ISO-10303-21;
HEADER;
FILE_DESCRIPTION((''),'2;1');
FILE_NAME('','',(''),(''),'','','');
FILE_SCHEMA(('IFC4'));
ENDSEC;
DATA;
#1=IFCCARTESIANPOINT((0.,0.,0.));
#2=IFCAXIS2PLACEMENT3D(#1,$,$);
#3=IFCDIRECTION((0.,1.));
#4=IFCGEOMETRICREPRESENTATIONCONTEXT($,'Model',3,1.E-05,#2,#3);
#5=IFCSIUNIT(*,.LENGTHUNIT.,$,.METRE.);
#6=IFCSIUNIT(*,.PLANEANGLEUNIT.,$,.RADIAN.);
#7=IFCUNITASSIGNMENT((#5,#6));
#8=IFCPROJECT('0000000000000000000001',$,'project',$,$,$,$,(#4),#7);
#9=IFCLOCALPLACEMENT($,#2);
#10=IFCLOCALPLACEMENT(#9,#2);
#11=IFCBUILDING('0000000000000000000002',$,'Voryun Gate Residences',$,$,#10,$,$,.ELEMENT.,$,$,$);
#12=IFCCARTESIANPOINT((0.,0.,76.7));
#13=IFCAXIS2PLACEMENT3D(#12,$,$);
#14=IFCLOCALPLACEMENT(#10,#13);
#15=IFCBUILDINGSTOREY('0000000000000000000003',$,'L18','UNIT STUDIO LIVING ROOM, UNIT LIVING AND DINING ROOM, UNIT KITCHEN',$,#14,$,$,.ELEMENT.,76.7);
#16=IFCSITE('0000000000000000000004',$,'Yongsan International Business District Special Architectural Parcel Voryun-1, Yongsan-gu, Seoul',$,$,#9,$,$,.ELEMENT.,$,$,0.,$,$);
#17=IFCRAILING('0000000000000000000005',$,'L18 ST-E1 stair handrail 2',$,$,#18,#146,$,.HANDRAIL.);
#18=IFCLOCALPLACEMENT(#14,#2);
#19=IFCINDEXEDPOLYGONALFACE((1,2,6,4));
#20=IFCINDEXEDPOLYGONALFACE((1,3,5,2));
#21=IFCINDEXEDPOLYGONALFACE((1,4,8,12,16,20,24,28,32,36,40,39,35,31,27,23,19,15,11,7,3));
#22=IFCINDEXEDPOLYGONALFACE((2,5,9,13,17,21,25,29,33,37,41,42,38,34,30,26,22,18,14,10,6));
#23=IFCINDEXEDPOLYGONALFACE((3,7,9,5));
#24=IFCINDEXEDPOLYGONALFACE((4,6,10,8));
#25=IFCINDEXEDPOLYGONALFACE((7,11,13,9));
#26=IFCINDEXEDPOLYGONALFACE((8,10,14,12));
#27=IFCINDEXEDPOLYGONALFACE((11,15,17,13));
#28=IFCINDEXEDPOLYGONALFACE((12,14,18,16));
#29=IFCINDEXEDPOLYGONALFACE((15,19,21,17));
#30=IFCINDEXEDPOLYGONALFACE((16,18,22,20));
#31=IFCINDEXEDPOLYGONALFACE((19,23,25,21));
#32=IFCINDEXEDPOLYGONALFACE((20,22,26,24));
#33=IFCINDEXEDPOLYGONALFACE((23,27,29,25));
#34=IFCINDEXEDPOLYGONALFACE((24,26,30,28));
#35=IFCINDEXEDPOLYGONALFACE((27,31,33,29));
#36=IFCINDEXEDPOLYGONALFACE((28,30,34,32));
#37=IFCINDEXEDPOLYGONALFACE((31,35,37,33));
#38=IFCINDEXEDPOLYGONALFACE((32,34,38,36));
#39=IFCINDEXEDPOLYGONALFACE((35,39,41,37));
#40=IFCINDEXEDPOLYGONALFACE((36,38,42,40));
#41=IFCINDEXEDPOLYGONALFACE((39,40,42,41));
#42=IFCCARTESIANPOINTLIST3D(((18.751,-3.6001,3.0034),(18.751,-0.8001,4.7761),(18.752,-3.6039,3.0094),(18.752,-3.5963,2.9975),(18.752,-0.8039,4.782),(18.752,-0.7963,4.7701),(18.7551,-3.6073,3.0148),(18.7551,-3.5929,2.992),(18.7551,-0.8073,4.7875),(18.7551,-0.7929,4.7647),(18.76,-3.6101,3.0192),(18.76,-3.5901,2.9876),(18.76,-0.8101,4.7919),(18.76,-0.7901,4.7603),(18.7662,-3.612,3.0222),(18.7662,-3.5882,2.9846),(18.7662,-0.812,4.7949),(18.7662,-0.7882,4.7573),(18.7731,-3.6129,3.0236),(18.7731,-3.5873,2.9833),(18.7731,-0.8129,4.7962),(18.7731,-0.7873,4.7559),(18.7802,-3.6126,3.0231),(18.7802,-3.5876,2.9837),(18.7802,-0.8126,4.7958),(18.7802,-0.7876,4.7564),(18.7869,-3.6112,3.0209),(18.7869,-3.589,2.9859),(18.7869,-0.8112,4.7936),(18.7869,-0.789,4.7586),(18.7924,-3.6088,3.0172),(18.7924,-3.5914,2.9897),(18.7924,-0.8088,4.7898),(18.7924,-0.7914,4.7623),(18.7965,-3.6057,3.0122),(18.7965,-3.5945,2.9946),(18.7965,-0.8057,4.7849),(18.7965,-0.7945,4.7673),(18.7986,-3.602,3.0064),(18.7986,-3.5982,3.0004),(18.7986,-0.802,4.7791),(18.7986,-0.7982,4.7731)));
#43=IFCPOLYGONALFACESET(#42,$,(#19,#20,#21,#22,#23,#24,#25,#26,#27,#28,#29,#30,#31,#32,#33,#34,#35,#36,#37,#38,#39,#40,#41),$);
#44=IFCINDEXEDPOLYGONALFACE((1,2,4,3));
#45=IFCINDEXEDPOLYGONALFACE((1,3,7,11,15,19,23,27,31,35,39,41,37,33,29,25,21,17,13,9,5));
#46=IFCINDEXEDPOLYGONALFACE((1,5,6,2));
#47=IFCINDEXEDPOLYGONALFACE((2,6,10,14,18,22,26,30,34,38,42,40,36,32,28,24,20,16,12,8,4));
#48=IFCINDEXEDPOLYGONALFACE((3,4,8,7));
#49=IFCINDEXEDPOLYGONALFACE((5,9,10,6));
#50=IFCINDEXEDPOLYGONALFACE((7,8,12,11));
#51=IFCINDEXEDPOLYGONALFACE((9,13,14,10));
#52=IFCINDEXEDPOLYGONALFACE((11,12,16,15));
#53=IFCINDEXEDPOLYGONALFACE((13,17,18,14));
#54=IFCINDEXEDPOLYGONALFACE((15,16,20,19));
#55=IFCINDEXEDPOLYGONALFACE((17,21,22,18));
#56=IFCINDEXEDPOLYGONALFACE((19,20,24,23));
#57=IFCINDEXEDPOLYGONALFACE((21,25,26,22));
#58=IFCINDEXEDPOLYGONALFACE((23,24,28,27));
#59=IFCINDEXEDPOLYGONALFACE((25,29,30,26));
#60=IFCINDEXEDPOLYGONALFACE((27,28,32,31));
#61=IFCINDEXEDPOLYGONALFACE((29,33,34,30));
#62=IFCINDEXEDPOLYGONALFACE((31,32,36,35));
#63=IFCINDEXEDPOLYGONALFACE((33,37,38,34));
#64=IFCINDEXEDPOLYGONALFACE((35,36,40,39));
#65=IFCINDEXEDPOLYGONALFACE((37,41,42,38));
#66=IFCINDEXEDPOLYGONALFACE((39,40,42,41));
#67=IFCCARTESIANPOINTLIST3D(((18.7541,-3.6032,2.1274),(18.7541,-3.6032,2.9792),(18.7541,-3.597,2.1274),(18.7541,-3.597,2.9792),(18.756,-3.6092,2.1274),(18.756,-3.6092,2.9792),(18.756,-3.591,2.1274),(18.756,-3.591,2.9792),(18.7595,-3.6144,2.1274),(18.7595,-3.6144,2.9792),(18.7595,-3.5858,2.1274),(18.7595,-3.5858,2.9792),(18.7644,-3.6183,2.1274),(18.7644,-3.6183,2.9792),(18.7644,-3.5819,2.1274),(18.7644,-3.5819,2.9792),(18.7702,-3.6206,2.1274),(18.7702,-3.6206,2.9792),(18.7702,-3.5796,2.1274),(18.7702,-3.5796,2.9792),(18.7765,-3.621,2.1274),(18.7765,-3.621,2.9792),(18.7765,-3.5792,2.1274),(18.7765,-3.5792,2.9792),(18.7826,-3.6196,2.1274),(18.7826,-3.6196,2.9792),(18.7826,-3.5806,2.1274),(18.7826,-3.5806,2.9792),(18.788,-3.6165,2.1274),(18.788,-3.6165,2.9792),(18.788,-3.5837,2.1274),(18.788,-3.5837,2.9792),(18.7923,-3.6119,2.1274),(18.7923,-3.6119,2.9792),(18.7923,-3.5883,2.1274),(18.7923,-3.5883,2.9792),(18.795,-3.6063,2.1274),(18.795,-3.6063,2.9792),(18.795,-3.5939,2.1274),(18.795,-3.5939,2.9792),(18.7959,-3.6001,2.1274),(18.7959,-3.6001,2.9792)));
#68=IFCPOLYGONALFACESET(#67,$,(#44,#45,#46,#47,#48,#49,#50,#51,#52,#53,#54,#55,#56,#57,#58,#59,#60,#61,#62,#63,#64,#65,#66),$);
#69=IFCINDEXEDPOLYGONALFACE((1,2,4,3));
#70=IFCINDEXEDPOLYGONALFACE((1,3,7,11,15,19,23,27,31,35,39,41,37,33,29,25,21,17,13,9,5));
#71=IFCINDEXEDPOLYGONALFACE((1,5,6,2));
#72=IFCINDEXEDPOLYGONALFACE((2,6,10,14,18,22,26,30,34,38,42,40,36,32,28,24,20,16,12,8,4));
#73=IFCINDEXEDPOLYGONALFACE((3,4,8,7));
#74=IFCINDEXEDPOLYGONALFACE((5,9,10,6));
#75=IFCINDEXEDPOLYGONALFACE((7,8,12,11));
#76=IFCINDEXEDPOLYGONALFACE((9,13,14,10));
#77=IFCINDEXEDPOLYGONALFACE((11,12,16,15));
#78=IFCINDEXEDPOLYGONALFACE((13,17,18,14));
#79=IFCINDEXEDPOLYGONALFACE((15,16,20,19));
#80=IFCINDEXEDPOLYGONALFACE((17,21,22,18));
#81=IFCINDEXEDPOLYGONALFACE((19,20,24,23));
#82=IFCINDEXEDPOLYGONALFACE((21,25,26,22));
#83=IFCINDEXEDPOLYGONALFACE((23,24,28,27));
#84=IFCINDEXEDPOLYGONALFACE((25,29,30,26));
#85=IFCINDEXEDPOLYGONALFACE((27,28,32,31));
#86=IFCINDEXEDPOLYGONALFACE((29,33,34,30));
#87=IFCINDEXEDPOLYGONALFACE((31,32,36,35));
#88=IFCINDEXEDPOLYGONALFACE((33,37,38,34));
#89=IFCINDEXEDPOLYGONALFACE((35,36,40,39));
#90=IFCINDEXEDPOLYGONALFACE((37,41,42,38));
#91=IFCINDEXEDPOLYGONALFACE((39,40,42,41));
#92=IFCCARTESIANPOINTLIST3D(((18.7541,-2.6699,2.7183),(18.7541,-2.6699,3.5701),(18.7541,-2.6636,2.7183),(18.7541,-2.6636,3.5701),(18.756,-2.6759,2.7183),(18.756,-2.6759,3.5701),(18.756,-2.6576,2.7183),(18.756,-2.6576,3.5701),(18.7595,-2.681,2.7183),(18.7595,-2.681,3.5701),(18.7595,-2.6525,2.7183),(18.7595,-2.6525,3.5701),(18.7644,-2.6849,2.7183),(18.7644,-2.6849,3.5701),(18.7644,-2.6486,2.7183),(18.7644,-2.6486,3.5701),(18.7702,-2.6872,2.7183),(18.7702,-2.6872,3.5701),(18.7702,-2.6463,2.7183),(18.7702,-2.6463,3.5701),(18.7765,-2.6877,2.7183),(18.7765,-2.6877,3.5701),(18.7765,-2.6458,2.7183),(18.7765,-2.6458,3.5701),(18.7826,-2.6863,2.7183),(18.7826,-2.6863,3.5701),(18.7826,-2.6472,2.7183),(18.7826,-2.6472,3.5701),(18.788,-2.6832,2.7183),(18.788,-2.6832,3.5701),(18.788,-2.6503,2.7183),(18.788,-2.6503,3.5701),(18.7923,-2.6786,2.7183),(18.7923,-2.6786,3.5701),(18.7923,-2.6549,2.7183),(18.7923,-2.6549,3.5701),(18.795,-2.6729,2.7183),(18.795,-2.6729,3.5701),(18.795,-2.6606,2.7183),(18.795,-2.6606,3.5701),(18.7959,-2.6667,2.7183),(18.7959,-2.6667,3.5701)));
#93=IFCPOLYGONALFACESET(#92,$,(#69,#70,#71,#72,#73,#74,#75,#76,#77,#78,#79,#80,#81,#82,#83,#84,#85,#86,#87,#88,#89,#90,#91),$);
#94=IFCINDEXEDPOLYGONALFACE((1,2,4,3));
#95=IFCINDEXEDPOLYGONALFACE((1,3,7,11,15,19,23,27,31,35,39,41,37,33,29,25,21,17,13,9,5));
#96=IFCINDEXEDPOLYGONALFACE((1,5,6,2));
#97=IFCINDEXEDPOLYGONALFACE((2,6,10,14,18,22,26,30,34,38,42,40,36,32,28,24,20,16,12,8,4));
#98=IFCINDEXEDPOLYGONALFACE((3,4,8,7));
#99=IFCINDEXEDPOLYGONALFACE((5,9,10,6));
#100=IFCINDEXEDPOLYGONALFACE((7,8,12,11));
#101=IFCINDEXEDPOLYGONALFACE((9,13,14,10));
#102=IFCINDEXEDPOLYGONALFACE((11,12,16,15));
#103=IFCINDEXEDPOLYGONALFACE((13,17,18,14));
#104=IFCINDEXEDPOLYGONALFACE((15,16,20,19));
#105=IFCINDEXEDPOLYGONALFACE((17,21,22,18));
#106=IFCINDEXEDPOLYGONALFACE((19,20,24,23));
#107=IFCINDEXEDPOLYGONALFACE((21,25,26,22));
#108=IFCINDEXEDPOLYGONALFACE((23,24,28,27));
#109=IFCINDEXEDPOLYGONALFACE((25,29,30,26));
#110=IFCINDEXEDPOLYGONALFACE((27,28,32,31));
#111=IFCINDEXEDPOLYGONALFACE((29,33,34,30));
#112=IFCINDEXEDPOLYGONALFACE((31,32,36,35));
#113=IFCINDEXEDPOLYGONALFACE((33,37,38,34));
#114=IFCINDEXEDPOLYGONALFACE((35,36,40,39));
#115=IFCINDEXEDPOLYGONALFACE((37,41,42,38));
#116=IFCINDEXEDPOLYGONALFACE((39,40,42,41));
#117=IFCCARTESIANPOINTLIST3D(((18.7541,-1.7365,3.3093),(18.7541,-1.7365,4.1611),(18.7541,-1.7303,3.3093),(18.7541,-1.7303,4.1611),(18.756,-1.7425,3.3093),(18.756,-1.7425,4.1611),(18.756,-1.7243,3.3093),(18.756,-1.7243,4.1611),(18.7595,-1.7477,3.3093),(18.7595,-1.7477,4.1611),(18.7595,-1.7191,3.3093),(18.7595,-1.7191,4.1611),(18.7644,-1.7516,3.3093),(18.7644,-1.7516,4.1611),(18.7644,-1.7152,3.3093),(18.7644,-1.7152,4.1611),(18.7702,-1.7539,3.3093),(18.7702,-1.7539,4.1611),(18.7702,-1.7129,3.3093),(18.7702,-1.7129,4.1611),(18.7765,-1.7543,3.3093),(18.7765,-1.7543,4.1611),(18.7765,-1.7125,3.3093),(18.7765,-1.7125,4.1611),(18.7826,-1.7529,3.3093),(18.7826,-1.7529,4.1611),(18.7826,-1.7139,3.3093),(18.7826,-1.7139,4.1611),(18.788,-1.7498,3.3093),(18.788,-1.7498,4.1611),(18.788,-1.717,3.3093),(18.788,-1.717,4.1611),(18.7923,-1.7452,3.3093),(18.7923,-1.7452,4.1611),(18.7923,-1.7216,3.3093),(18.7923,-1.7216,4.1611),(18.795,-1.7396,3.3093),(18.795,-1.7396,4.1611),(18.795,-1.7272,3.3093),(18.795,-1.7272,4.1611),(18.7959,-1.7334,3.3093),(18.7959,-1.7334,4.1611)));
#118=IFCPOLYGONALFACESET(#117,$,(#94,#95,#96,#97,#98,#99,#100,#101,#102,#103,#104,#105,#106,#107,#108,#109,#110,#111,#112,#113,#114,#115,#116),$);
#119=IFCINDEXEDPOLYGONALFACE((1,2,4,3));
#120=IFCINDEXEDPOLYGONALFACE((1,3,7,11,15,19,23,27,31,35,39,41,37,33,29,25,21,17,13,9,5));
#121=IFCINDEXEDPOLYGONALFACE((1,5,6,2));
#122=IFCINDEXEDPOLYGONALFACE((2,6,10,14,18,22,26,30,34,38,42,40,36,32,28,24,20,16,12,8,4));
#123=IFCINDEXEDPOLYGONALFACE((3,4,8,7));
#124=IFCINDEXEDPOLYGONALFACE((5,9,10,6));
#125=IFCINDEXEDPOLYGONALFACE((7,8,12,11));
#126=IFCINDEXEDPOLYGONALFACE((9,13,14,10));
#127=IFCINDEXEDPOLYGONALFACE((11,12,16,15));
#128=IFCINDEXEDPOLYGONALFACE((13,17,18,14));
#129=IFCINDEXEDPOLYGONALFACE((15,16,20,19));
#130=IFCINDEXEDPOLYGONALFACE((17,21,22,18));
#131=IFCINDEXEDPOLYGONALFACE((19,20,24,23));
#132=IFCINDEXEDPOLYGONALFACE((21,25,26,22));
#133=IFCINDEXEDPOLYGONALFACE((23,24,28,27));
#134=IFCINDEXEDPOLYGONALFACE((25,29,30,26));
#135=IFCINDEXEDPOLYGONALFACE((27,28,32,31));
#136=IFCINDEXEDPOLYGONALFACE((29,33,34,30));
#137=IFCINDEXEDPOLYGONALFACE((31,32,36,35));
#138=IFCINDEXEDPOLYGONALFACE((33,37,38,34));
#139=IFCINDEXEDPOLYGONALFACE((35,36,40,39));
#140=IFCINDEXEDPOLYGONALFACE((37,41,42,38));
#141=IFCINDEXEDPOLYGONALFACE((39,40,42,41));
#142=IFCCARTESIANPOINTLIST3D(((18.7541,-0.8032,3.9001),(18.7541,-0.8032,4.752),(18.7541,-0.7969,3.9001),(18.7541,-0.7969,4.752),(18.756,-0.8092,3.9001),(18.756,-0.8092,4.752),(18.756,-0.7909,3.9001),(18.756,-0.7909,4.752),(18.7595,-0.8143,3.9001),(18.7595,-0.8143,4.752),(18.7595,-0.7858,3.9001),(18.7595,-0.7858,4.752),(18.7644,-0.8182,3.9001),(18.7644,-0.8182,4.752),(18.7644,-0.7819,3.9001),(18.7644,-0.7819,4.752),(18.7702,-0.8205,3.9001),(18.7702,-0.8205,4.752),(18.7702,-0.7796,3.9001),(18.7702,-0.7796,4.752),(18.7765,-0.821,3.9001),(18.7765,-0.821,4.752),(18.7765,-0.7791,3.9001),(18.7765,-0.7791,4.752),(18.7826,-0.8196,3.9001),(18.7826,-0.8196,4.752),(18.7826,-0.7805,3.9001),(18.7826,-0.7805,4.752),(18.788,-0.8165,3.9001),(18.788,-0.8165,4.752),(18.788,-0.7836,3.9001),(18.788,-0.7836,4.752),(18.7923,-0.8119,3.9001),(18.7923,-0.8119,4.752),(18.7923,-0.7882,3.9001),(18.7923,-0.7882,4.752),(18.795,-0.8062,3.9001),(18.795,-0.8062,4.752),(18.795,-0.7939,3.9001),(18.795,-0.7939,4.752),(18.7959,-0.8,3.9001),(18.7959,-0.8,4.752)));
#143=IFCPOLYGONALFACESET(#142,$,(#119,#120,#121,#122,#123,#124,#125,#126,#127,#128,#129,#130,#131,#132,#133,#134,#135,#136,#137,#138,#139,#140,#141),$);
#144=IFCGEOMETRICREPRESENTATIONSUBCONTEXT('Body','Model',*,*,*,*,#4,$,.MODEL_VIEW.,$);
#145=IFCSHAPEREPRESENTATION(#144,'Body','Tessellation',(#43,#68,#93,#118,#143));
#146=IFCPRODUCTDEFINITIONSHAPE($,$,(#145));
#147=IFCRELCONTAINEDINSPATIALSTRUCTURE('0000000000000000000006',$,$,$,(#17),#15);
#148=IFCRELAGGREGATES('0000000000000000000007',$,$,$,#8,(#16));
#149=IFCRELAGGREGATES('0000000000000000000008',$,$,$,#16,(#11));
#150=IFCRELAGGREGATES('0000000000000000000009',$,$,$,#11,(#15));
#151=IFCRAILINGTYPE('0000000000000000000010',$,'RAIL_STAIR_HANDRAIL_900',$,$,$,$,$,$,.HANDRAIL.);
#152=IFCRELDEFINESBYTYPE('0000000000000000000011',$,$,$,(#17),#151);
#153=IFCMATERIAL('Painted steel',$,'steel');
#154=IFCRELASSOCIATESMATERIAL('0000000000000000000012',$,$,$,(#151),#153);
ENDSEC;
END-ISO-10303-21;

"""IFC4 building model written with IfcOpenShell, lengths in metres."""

from ifc_helpers import new_model, si_unit, direction, frame, origin, origin_2d, place, context, subcontext, project, spatial, circle, extrude, material, type_object, element, save


model = new_model("IFC4")

# Units and contexts
model_context = context("Model", 3, precision=1e-05, world=origin(), true_north=direction((0.0, 1.0)))
body_context = subcontext(model_context, "Body", "Model", "MODEL_VIEW")
ifc_project = project(units=[si_unit("LENGTHUNIT", "METRE"), si_unit("PLANEANGLEUNIT", "RADIAN")], contexts=[model_context])

# Site, building, storey
site_placement = place(None, origin())
site = spatial("IfcSite", under=ifc_project, at=site_placement, Name="Yongsan International Business District Special Architectural Parcel Voryun-1, Yongsan-gu, Seoul", CompositionType="ELEMENT", RefElevation=0.0)
building_placement = place(site_placement, origin())
building = spatial("IfcBuilding", under=site, at=building_placement, Name="Voryun Gate Residences", CompositionType="ELEMENT")
storey_placement = place(building_placement, frame((0.0, 0.0, 76.7)))
storey = spatial("IfcBuildingStorey", under=building, at=storey_placement, Name="L18", Description="UNIT STUDIO LIVING ROOM, UNIT LIVING AND DINING ROOM, UNIT KITCHEN", CompositionType="ELEMENT", Elevation=76.7)

# Railing
ifc_material_1 = material(Name="Painted steel", Category="steel")
railing_type_1 = type_object("IfcRailingType", Name="RAIL_STAIR_HANDRAIL_900", PredefinedType="HANDRAIL", material=ifc_material_1)
railing_1_placement = place(storey_placement, frame((18.7749, -3.6001, 2.1274)))
element("IfcRailing", 1, at=railing_1_placement, inside=storey, type_object=railing_type_1, Name="L18 ST-E1 stair handrail 2", PredefinedType="HANDRAIL", context=body_context, shape_type="SweptSolid", body=[
    extrude(circle(Radius=0.0239, at=origin_2d()), frame((0.0, 0.0, 0.876), z_axis=(0.0, 0.844909, 0.53491), x_axis=(-1.0, 0.0, 0.0)), (0.0, 0.0, 1.0), 3.314),
    extrude(circle(Radius=0.021, at=origin_2d()), origin(), (0.0, 0.0, 1.0), 0.8518),
    extrude(circle(Radius=0.021, at=origin_2d()), frame((0.0, 0.9333, 0.5908)), (0.0, 0.0, 1.0), 0.8518),
    extrude(circle(Radius=0.021, at=origin_2d()), frame((0.0, 1.8667, 1.1819)), (0.0, 0.0, 1.0), 0.8518),
    extrude(circle(Radius=0.021, at=origin_2d()), frame((0.0, 2.8, 1.7727)), (0.0, 0.0, 1.0), 0.8518),
])

save(model, "model.ifc")
